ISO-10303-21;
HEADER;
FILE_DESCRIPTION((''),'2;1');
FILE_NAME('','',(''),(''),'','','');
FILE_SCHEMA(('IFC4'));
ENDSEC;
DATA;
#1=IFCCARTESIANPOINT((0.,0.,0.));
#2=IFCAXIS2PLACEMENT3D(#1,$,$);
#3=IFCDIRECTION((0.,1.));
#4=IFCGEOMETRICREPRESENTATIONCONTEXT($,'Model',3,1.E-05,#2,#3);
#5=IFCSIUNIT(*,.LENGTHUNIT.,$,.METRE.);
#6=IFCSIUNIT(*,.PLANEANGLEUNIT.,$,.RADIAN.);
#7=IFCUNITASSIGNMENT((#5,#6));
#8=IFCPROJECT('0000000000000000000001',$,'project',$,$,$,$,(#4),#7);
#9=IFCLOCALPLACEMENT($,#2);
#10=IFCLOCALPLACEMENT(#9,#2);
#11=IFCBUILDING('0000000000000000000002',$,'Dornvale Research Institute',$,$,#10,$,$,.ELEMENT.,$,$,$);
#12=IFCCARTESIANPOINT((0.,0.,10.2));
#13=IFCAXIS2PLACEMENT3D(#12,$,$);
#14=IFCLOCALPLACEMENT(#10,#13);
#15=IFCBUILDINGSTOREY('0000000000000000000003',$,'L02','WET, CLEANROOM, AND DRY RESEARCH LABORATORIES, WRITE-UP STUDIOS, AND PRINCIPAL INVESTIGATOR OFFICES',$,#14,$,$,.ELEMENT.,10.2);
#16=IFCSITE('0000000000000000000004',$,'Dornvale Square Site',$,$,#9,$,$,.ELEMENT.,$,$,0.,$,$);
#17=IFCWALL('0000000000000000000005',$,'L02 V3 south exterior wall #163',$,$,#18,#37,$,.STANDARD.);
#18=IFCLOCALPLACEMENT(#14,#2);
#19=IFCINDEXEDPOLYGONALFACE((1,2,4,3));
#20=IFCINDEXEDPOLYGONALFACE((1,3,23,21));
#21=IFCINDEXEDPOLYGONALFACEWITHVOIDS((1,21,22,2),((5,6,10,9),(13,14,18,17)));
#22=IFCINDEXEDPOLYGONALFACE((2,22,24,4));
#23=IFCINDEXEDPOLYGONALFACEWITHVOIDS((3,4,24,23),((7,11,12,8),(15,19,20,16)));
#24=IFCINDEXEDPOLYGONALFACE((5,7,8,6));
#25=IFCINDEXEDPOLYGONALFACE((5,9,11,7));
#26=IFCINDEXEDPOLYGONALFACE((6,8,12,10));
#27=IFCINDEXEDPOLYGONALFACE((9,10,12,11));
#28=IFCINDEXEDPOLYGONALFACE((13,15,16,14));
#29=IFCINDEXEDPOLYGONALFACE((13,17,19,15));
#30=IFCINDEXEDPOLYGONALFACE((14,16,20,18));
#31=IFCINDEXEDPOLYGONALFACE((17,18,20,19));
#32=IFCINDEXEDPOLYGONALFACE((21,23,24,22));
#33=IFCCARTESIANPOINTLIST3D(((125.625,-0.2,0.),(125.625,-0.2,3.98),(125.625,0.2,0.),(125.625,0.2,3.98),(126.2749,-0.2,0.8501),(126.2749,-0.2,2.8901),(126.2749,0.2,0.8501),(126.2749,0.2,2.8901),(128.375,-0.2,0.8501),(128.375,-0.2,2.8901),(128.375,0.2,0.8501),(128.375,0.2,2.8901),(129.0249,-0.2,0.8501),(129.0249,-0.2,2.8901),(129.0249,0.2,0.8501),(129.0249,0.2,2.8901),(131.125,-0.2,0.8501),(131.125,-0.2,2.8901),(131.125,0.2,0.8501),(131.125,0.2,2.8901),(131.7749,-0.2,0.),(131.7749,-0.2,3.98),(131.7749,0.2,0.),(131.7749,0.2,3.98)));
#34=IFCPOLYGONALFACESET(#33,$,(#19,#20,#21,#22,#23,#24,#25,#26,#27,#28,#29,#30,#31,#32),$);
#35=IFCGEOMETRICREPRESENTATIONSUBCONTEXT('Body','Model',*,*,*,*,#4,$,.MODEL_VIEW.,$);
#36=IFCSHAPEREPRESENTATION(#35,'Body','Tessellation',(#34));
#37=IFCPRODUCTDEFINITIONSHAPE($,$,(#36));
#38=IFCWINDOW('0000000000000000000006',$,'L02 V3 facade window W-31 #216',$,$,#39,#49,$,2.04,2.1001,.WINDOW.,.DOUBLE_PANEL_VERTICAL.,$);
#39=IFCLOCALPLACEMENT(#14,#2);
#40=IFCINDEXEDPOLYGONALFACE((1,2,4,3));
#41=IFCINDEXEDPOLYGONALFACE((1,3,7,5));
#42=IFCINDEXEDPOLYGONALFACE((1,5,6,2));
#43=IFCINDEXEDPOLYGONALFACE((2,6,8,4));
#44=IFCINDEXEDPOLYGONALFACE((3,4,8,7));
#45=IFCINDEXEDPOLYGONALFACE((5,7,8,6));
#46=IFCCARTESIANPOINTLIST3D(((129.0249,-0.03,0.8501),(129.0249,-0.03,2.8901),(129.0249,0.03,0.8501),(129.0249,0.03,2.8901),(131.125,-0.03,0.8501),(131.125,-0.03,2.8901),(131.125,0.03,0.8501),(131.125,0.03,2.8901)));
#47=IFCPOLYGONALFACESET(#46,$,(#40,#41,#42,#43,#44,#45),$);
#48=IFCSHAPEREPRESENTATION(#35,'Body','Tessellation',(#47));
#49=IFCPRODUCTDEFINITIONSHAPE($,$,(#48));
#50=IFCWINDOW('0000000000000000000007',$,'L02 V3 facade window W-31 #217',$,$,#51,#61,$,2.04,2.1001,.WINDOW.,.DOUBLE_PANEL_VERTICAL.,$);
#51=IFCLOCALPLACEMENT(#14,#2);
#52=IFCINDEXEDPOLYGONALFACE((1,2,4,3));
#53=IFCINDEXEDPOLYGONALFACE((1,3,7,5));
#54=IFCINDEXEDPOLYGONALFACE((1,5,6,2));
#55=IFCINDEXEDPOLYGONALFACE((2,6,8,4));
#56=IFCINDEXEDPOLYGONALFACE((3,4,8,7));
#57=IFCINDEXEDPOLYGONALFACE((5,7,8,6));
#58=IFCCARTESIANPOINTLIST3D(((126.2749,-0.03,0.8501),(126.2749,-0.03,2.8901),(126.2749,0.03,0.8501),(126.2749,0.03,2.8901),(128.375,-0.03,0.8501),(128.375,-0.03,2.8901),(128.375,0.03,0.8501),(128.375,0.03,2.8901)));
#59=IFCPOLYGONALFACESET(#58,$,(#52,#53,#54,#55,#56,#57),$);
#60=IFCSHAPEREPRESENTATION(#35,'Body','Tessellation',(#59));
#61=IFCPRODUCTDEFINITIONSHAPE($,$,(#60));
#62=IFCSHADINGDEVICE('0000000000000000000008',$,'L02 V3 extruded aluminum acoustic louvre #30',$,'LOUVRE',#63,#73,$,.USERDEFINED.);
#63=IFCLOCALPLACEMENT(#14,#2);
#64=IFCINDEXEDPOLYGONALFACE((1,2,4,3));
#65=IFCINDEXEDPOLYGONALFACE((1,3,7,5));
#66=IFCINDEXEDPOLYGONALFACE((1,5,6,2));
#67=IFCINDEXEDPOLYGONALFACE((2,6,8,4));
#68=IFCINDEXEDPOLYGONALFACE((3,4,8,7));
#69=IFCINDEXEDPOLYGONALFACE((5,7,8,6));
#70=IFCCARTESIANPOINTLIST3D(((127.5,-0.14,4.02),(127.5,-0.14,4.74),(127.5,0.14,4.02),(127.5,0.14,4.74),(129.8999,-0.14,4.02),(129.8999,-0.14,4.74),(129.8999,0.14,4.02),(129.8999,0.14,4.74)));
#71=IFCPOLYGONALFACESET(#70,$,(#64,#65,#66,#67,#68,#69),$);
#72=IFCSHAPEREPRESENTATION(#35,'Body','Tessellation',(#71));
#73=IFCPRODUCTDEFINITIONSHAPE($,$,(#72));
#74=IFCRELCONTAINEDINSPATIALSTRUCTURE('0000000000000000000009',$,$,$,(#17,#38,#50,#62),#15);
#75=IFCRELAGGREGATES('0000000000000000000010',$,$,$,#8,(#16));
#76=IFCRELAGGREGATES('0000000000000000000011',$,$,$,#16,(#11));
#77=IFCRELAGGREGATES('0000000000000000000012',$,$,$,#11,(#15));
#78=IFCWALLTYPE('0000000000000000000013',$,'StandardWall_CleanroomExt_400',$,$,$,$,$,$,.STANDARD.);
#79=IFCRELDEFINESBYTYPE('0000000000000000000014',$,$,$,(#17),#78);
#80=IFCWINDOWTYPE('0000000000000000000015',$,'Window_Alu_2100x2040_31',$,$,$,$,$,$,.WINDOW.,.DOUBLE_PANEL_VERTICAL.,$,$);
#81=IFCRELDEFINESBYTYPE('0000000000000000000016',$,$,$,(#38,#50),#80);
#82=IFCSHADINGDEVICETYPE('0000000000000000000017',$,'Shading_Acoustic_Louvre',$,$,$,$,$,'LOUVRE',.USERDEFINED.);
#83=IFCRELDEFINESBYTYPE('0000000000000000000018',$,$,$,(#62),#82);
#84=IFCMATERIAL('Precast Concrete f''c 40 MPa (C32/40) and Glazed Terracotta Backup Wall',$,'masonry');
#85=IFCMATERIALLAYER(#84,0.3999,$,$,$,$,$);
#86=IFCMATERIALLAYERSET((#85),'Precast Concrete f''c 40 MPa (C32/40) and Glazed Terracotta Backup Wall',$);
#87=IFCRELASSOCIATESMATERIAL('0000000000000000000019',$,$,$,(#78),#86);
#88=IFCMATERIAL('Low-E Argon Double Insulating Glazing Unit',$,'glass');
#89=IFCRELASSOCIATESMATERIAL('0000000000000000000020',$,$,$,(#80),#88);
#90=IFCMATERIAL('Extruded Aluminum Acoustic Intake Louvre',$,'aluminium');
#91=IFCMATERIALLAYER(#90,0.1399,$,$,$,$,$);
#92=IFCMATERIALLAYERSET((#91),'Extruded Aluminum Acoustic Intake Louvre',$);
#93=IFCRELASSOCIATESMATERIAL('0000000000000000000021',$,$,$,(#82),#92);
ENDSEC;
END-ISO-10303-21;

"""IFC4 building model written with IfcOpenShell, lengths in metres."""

from ifc_helpers import new_model, si_unit, direction, frame, frame_2d, origin, origin_2d, place, context, subcontext, project, spatial, rectangle, extrude, material, layer, layer_set, type_object, element, fill, save


model = new_model("IFC4")

# Units and contexts
model_context = context("Model", 3, precision=1e-05, world=origin(), true_north=direction((0.0, 1.0)))
body_context = subcontext(model_context, "Body", "Model", "MODEL_VIEW")
ifc_project = project(units=[si_unit("LENGTHUNIT", "METRE"), si_unit("PLANEANGLEUNIT", "RADIAN")], contexts=[model_context])

# Site, building, storey
site_placement = place(None, origin())
site = spatial("IfcSite", under=ifc_project, at=site_placement, Name="Dornvale Square Site", CompositionType="ELEMENT", RefElevation=0.0)
building_placement = place(site_placement, origin())
building = spatial("IfcBuilding", under=site, at=building_placement, Name="Dornvale Research Institute", CompositionType="ELEMENT")
storey_placement = place(building_placement, frame((0.0, 0.0, 10.2)))
storey = spatial("IfcBuildingStorey", under=building, at=storey_placement, Name="L02", Description="WET, CLEANROOM, AND DRY RESEARCH LABORATORIES, WRITE-UP STUDIOS, AND PRINCIPAL INVESTIGATOR OFFICES", CompositionType="ELEMENT", Elevation=10.2)

# Wall, openings, windows
ifc_material_1 = material(Name="Precast Concrete f'c 40 MPa (C32/40) and Glazed Terracotta Backup Wall", Category="masonry")
ifc_layer_1 = layer(ifc_material_1, 0.3999)
ifc_layer_set_1 = layer_set([ifc_layer_1], Name="Precast Concrete f'c 40 MPa (C32/40) and Glazed Terracotta Backup Wall")
wall_type_1 = type_object("IfcWallType", Name="StandardWall_CleanroomExt_400", PredefinedType="STANDARD", material=ifc_layer_set_1)
wall_1_placement = place(storey_placement, frame((131.7749, 0.0, 0.0), z_axis=(0.0, 0.0, 1.0), x_axis=(-1.0, 0.0, 0.0)))
wall_1 = element("IfcWall", 1, at=wall_1_placement, inside=storey, type_object=wall_type_1, Name="L02 V3 south exterior wall #163", PredefinedType="STANDARD", context=body_context, shape_type="SweptSolid", body=[
    extrude(rectangle(XDim=6.1499, YDim=0.3999, at=frame_2d((3.075, 0.0))), origin(), (0.0, 0.0, 1.0), 3.98),
])
opening_1_placement = place(wall_1_placement, frame((0.6499, 0.0, 0.8501)))
opening_1 = element("IfcOpeningElement", 2, at=opening_1_placement, cuts=wall_1, PredefinedType="OPENING", context=body_context, shape_type="SweptSolid", body=[
    extrude(rectangle(XDim=2.1001, YDim=2.04, at=frame_2d((1.05, 1.02))), frame((0.0, 0.2148, 0.0), z_axis=(0.0, -1.0, 0.0), x_axis=(1.0, 0.0, 0.0)), (0.0, 0.0, 1.0), 0.4299),
])
opening_2_placement = place(wall_1_placement, frame((3.3999, 0.0, 0.8501)))
opening_2 = element("IfcOpeningElement", 3, at=opening_2_placement, cuts=wall_1, PredefinedType="OPENING", context=body_context, shape_type="SweptSolid", body=[
    extrude(rectangle(XDim=2.1001, YDim=2.04, at=frame_2d((1.05, 1.02))), frame((0.0, 0.2148, 0.0), z_axis=(0.0, -1.0, 0.0), x_axis=(1.0, 0.0, 0.0)), (0.0, 0.0, 1.0), 0.4299),
])
ifc_material_2 = material(Name="Low-E Argon Double Insulating Glazing Unit", Category="glass")
window_type = type_object("IfcWindowType", Name="Window_Alu_2100x2040_31", PartitioningType="DOUBLE_PANEL_VERTICAL", PredefinedType="WINDOW", material=ifc_material_2)
window_1_placement = place(opening_1_placement, origin())
window_1 = element("IfcWindow", 4, at=window_1_placement, inside=storey, type_object=window_type, Name="L02 V3 facade window W-31 #216", OverallHeight=2.04, OverallWidth=2.1001, PartitioningType="DOUBLE_PANEL_VERTICAL", PredefinedType="WINDOW", context=body_context, shape_type="SweptSolid", body=[
    extrude(rectangle(XDim=2.1001, YDim=2.04, at=frame_2d((1.05, 1.02))), frame((0.0, 0.03, 0.0), z_axis=(0.0, -1.0, 0.0), x_axis=(1.0, 0.0, 0.0)), (0.0, 0.0, 1.0), 0.0601),
])
fill(opening_1, window_1)
window_2_placement = place(opening_2_placement, origin())
window_2 = element("IfcWindow", 5, at=window_2_placement, inside=storey, type_object=window_type, Name="L02 V3 facade window W-31 #217", OverallHeight=2.04, OverallWidth=2.1001, PartitioningType="DOUBLE_PANEL_VERTICAL", PredefinedType="WINDOW", context=body_context, shape_type="SweptSolid", body=[
    extrude(rectangle(XDim=2.1001, YDim=2.04, at=frame_2d((1.05, 1.02))), frame((0.0, 0.03, 0.0), z_axis=(0.0, -1.0, 0.0), x_axis=(1.0, 0.0, 0.0)), (0.0, 0.0, 1.0), 0.0601),
])
fill(opening_2, window_2)

# Shading device
ifc_material_3 = material(Name="Extruded Aluminum Acoustic Intake Louvre", Category="aluminium")
ifc_layer_2 = layer(ifc_material_3, 0.1399)
ifc_layer_set_2 = layer_set([ifc_layer_2], Name="Extruded Aluminum Acoustic Intake Louvre")
shading_device_type = type_object("IfcShadingDeviceType", Name="Shading_Acoustic_Louvre", ElementType="LOUVRE", PredefinedType="USERDEFINED", material=ifc_layer_set_2)
shading_device_placement = place(storey_placement, frame((128.7, 0.0, 4.02), z_axis=(0.0, 0.0, 1.0), x_axis=(1.0, 0.0, 0.0)))
element("IfcShadingDevice", 6, at=shading_device_placement, inside=storey, type_object=shading_device_type, Name="L02 V3 extruded aluminum acoustic louvre #30", ObjectType="LOUVRE", PredefinedType="USERDEFINED", context=body_context, shape_type="SweptSolid", body=[
    extrude(rectangle(XDim=2.3999, YDim=0.28, at=origin_2d()), origin(), (0.0, 0.0, 1.0), 0.72),
])

save(model, "model.ifc")
